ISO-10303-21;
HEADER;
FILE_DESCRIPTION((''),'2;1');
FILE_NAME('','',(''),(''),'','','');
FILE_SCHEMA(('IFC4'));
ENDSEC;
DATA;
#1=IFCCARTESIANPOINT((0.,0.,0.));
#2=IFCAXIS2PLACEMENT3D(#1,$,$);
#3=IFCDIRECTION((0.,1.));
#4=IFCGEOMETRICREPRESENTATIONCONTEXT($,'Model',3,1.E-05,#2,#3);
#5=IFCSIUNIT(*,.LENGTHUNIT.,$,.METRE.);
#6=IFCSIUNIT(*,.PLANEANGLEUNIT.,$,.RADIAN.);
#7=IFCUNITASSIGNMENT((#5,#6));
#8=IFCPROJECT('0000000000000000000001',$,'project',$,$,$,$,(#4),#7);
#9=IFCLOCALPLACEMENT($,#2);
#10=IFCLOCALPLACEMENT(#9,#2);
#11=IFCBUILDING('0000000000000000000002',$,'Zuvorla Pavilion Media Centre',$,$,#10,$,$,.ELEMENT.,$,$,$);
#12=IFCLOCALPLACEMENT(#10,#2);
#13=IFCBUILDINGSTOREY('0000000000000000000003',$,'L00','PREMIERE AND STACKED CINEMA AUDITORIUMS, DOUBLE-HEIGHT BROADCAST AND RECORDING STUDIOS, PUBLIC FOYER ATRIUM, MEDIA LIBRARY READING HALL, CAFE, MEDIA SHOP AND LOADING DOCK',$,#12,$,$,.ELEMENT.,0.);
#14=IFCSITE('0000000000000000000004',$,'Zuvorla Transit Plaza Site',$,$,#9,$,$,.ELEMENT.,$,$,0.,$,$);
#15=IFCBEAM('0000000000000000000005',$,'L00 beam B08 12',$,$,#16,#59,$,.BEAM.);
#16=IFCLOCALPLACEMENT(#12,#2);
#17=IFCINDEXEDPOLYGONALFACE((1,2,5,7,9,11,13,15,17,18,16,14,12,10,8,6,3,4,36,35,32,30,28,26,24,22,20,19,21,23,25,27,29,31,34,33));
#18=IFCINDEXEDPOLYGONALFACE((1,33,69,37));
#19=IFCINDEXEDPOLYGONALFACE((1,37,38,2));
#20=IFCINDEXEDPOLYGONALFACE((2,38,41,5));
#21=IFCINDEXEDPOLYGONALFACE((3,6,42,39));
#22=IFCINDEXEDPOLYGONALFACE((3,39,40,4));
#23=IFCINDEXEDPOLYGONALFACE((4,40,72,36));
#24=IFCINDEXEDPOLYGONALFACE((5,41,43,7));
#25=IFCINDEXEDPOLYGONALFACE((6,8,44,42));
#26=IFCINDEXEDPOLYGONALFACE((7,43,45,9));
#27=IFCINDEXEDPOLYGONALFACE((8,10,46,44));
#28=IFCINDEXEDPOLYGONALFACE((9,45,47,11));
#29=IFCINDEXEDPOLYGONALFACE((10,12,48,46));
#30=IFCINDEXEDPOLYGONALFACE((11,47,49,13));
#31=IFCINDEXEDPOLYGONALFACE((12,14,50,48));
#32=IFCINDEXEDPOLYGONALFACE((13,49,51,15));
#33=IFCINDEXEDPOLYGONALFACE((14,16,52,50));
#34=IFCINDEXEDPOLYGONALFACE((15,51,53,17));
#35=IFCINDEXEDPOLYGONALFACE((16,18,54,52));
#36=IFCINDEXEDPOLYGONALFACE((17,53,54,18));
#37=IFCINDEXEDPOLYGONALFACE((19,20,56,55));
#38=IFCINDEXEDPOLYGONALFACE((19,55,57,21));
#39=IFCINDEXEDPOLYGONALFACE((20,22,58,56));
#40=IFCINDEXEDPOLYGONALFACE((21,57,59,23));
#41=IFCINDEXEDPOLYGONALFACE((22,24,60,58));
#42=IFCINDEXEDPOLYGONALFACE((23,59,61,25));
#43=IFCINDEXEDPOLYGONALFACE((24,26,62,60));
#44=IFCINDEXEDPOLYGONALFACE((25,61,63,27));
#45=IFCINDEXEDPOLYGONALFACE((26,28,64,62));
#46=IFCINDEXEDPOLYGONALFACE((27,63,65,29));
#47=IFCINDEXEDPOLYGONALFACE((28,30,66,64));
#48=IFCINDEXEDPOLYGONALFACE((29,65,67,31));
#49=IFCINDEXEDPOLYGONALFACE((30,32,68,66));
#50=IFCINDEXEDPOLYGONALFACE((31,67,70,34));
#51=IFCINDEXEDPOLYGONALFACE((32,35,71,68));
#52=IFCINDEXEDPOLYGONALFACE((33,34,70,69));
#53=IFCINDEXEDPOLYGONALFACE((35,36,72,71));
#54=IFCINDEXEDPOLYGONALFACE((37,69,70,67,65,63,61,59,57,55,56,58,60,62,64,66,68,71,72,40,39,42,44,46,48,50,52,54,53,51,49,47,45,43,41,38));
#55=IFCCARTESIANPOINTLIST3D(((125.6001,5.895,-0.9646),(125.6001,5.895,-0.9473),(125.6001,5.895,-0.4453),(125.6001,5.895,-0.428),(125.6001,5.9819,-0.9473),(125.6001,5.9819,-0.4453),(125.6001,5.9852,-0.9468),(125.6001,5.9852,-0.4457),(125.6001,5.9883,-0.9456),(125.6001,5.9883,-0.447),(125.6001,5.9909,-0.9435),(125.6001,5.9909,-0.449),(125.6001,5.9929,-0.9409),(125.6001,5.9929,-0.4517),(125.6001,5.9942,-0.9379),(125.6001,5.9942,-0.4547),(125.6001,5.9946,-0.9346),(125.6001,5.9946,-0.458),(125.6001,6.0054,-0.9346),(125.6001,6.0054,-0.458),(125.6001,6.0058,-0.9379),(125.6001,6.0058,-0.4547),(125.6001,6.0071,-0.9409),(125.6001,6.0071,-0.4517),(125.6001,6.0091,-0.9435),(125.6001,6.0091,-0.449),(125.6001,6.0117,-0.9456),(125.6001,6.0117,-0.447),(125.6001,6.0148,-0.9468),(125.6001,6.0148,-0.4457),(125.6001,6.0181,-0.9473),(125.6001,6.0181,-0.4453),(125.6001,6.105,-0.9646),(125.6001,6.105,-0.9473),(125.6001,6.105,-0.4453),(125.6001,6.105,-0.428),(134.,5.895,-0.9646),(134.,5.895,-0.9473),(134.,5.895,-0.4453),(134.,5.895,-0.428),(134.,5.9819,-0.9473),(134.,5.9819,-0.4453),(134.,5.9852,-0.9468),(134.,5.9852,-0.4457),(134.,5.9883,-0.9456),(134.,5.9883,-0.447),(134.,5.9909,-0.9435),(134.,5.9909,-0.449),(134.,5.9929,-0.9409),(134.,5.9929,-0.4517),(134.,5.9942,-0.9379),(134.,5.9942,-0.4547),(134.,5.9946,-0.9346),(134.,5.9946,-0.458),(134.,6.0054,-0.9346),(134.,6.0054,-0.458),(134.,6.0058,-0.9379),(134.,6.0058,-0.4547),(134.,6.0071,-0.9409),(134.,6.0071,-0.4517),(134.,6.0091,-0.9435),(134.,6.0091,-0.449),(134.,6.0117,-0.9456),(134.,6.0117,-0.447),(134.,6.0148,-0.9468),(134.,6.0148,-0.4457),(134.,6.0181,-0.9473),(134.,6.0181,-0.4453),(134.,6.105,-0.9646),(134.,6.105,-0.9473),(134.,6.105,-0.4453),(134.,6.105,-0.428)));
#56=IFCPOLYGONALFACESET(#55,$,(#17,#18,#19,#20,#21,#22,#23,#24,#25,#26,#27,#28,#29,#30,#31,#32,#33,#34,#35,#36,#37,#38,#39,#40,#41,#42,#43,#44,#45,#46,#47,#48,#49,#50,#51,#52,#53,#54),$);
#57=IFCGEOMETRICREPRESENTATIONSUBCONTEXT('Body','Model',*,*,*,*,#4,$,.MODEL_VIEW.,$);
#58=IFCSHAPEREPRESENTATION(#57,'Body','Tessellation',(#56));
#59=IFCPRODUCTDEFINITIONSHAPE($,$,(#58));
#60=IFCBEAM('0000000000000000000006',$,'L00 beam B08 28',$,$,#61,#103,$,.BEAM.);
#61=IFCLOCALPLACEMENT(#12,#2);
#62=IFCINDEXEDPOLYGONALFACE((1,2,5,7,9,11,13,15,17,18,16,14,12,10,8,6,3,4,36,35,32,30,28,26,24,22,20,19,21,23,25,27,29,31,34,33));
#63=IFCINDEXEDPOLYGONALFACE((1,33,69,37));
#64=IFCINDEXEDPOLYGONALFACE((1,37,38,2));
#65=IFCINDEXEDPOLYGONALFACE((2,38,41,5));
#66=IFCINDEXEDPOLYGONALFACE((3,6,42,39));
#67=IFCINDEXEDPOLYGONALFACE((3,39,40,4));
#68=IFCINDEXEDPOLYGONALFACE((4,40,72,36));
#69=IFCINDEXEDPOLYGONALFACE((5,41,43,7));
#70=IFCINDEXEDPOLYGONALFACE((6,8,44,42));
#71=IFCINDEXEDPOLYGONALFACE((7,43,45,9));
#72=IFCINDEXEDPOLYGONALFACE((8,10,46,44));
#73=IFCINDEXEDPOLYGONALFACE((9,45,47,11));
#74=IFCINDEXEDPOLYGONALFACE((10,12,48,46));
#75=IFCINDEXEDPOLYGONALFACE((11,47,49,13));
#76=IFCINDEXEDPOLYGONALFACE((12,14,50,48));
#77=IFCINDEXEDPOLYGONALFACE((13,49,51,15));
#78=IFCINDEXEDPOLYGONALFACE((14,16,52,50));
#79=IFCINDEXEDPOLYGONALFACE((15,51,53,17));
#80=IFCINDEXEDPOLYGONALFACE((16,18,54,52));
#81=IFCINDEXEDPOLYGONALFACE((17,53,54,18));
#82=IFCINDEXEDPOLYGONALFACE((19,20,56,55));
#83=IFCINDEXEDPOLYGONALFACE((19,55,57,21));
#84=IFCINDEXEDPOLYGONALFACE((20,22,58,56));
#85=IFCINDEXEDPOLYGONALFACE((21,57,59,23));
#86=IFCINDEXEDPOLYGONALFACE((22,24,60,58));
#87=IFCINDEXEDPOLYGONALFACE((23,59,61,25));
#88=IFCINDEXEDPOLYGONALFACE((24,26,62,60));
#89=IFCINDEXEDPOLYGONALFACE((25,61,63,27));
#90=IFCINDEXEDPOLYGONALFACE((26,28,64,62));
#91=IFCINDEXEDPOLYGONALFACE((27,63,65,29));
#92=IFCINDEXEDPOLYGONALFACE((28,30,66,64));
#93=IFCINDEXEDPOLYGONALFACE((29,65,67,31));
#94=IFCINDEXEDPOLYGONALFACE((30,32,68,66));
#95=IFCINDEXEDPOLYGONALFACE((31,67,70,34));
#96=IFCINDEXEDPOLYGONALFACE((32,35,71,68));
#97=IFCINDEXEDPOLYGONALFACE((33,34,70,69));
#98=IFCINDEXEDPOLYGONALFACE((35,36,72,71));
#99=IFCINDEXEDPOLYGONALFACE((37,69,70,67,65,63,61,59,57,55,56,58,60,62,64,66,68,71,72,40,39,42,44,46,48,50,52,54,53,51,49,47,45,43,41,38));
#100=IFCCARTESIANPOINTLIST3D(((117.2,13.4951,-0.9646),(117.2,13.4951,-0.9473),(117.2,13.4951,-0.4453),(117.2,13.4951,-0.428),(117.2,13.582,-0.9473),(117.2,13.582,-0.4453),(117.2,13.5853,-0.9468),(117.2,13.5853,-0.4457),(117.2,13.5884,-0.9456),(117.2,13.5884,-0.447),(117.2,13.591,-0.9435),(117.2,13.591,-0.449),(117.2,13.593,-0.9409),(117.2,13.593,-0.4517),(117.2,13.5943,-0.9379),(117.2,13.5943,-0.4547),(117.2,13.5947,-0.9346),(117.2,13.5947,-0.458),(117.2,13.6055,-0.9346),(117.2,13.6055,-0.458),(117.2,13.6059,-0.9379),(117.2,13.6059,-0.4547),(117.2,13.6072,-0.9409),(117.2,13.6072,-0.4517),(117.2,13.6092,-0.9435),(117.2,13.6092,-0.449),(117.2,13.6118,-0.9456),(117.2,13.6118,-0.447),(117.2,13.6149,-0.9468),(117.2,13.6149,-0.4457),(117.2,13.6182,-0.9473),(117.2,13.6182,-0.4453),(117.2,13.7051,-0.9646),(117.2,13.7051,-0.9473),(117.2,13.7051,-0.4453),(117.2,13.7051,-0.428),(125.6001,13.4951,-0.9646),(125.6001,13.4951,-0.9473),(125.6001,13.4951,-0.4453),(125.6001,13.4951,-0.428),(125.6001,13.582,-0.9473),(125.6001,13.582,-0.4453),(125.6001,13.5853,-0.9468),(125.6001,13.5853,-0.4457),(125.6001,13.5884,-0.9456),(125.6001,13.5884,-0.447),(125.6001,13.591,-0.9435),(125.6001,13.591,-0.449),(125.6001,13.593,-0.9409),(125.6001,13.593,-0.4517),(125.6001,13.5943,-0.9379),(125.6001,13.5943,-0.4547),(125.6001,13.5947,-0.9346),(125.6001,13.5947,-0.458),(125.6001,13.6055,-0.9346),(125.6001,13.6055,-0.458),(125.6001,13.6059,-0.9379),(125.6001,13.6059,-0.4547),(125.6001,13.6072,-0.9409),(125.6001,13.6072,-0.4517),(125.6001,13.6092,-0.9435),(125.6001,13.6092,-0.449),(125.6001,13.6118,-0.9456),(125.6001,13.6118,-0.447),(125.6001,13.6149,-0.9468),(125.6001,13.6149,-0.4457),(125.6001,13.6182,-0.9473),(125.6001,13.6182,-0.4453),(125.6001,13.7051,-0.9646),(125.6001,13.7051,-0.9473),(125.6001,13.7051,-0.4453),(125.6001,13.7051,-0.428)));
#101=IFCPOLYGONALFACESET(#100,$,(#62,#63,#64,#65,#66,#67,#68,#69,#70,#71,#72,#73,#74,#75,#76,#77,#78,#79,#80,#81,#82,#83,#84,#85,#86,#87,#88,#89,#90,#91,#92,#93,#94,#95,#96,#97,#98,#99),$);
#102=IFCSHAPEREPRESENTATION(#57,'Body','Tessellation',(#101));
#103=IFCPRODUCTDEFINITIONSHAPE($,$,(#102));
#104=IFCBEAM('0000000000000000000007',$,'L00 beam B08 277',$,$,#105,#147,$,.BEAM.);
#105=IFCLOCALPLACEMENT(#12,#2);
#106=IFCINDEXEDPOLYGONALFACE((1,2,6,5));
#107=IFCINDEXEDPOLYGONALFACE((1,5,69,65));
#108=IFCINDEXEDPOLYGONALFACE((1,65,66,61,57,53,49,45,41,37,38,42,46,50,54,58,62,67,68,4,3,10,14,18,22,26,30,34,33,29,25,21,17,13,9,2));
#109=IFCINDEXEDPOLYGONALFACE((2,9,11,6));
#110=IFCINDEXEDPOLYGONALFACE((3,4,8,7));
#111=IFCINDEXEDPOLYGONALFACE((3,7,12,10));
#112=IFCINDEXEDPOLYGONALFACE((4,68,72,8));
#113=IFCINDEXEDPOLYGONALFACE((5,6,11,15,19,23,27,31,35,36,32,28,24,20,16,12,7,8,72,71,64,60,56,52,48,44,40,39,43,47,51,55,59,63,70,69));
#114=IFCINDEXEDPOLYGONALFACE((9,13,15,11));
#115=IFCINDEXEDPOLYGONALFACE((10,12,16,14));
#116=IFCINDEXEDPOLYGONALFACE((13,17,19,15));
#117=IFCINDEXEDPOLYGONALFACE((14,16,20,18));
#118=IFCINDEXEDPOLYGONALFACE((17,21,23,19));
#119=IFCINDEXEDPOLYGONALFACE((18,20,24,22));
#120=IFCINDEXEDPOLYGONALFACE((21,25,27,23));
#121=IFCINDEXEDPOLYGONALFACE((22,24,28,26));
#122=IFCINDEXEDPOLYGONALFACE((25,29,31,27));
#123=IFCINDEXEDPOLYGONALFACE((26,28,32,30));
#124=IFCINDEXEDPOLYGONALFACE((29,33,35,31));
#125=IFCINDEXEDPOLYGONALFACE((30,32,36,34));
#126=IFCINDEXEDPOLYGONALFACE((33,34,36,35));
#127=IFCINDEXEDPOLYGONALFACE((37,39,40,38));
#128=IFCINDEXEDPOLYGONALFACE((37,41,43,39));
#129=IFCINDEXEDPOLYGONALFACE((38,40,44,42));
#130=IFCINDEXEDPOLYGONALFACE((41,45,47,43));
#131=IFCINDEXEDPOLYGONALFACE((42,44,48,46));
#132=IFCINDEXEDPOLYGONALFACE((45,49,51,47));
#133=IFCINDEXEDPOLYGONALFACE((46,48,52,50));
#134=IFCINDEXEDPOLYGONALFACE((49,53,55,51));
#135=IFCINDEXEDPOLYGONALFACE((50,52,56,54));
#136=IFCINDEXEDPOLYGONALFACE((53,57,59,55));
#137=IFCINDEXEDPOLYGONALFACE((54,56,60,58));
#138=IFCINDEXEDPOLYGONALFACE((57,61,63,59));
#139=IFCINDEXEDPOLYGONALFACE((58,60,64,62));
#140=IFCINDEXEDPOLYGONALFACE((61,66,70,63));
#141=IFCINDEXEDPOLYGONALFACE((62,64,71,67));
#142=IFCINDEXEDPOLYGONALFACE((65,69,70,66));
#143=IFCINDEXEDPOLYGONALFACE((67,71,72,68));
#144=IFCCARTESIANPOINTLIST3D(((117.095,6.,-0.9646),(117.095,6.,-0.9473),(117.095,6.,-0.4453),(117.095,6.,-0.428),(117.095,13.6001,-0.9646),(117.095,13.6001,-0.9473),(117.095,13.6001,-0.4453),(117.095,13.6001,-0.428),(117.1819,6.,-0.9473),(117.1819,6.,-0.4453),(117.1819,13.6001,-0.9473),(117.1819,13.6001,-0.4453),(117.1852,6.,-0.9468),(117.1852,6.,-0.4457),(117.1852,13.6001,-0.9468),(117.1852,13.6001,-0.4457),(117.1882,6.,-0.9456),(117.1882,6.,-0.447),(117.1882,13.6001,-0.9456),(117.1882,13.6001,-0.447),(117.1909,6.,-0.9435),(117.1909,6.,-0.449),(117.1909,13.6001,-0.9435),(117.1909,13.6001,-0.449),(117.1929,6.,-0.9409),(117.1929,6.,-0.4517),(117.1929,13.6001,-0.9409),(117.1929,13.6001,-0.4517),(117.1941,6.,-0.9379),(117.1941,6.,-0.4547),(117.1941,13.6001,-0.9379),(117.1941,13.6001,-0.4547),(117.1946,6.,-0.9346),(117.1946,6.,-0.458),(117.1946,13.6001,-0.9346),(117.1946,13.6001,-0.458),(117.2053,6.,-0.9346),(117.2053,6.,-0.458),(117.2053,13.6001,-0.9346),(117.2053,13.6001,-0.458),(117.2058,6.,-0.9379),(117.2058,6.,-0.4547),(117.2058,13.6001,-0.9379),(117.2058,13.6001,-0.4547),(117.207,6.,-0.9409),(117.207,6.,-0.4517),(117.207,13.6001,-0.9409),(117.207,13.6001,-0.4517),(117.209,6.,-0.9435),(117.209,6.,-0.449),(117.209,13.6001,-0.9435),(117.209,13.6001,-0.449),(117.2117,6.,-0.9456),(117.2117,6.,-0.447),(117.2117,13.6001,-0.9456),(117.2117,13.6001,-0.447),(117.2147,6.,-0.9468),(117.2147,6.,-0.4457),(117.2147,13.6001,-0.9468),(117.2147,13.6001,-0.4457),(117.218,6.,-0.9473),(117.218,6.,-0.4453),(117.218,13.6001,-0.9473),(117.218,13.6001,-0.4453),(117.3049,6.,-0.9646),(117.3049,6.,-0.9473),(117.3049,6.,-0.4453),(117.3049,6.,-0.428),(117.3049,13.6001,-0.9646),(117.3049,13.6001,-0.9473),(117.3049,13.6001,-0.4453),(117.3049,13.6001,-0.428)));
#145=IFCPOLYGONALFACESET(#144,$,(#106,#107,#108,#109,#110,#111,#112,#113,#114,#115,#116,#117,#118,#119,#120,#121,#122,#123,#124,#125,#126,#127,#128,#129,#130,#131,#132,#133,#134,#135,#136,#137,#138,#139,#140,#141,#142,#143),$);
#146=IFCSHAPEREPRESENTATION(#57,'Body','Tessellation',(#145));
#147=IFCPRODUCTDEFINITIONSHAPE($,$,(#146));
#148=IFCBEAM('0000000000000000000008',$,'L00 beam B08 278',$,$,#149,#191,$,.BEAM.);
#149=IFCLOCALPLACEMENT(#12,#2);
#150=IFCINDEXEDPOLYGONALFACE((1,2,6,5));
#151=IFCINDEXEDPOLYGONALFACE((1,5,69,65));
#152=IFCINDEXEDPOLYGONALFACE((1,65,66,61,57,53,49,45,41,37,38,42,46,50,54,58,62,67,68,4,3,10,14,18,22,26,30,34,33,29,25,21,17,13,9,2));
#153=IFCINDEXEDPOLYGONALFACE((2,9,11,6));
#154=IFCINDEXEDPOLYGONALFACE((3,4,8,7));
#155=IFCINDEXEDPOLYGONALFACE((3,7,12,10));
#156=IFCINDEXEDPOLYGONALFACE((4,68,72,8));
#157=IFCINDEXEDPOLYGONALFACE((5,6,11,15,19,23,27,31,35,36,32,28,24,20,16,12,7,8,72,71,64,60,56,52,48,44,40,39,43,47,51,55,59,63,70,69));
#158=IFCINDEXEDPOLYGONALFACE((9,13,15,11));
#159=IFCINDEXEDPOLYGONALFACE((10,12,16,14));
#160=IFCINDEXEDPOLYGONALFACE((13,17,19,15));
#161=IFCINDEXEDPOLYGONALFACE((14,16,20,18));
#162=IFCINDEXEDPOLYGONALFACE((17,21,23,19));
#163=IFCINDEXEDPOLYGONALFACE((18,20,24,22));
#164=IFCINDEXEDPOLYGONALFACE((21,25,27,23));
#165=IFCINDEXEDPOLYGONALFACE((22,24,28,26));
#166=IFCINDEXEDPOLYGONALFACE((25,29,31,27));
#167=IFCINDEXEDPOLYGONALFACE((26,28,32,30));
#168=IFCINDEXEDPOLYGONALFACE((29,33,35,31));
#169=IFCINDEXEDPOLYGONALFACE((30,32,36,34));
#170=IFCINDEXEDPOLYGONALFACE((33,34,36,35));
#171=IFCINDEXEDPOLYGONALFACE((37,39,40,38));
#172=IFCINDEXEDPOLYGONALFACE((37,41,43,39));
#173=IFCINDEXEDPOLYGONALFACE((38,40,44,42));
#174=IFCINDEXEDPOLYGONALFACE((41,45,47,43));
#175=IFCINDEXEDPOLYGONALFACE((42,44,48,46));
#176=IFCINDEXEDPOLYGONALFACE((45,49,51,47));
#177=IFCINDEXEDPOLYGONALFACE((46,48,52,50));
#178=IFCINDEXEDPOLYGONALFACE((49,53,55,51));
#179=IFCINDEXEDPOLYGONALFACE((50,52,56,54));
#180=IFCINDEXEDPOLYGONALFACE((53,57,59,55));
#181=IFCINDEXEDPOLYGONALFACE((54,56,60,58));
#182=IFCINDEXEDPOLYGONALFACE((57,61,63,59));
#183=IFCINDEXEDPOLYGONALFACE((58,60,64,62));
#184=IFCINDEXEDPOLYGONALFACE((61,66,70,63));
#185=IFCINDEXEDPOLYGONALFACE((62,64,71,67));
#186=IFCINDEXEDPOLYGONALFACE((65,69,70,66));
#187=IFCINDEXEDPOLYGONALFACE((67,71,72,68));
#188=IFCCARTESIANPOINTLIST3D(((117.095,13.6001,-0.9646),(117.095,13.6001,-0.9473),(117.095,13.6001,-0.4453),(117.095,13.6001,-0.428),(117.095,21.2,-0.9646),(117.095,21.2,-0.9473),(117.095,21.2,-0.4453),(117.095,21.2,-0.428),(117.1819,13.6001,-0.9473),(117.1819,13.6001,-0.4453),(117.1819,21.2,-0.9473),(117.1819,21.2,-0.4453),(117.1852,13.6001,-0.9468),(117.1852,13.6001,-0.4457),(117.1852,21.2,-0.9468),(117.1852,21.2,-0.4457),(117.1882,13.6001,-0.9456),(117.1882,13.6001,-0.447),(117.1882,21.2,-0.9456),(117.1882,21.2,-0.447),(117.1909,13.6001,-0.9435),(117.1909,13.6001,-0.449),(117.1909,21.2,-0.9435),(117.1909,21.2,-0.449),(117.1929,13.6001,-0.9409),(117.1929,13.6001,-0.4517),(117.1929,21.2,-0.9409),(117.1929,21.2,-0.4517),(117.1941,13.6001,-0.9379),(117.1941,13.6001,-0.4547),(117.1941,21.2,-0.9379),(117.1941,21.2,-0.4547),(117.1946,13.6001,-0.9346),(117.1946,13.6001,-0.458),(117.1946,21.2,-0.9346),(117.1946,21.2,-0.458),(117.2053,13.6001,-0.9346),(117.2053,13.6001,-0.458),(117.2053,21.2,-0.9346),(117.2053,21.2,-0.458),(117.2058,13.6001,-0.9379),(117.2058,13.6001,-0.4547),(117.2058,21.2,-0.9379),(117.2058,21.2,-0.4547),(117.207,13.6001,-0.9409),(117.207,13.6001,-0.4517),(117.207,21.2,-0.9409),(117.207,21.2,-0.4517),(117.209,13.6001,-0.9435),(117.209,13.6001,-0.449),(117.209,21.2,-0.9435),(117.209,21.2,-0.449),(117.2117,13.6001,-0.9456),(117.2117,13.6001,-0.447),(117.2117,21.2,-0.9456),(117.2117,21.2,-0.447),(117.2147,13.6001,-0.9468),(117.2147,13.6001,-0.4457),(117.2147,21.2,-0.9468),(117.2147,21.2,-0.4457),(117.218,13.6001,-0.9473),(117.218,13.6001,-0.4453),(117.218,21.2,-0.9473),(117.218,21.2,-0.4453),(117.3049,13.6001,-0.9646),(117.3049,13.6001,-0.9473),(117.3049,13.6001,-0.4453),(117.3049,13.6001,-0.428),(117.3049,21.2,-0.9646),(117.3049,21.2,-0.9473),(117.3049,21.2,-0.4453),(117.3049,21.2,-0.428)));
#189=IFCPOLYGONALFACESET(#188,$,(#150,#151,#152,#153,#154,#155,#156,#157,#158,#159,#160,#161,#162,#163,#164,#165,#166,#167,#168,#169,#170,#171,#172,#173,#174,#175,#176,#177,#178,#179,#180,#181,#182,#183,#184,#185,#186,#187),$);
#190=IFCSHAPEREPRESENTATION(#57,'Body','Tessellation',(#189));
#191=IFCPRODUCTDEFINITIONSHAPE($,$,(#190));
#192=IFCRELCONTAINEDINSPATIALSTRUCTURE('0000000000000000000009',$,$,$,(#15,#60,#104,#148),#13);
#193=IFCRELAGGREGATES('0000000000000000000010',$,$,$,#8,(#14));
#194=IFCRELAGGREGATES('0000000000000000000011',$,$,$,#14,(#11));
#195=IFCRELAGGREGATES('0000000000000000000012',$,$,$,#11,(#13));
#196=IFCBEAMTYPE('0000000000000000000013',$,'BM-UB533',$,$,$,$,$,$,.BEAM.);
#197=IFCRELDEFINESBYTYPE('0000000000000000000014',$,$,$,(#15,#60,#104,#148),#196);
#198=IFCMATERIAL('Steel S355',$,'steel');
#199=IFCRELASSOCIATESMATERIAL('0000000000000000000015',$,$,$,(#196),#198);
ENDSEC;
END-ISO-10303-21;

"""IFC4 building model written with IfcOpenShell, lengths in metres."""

from ifc_helpers import new_model, si_unit, direction, frame, origin, origin_2d, place, context, subcontext, project, spatial, i_section, extrude, material, material_profile, profile_set, type_object, element, save


model = new_model("IFC4")

# Units and contexts
model_context = context("Model", 3, precision=1e-05, world=origin(), true_north=direction((0.0, 1.0)))
body_context = subcontext(model_context, "Body", "Model", "MODEL_VIEW")
ifc_project = project(units=[si_unit("LENGTHUNIT", "METRE"), si_unit("PLANEANGLEUNIT", "RADIAN")], contexts=[model_context])

# Site, building, storey
site_placement = place(None, origin())
site = spatial("IfcSite", under=ifc_project, at=site_placement, Name="Zuvorla Transit Plaza Site", CompositionType="ELEMENT", RefElevation=0.0)
building_placement = place(site_placement, origin())
building = spatial("IfcBuilding", under=site, at=building_placement, Name="Zuvorla Pavilion Media Centre", CompositionType="ELEMENT")
storey_placement = place(building_placement, origin())
storey = spatial("IfcBuildingStorey", under=building, at=storey_placement, Name="L00", Description="PREMIERE AND STACKED CINEMA AUDITORIUMS, DOUBLE-HEIGHT BROADCAST AND RECORDING STUDIOS, PUBLIC FOYER ATRIUM, MEDIA LIBRARY READING HALL, CAFE, MEDIA SHOP AND LOADING DOCK", CompositionType="ELEMENT", Elevation=0.0)

# Beams
ifc_material_1 = material(Name="Steel S355", Category="steel")
ifc_material_profile_1 = material_profile(ifc_material_1, i_section(OverallWidth=0.21, OverallDepth=0.5366, WebThickness=0.0107, FlangeThickness=0.0173, FilletRadius=0.0127, at=origin_2d()), Name="UB 533x210x101")
ifc_profile_set_1 = profile_set([ifc_material_profile_1], Name="Steel S355")
beam_type_1 = type_object("IfcBeamType", Name="BM-UB533", PredefinedType="BEAM", material=ifc_profile_set_1)
beam_1_placement = place(storey_placement, frame((125.6001, 6.0, -0.6963), z_axis=(1.0, 0.0, 0.0), x_axis=(0.0, 1.0, 0.0)))
element("IfcBeam", 1, at=beam_1_placement, inside=storey, type_object=beam_type_1, Name="L00 beam B08 12", PredefinedType="BEAM", context=body_context, shape_type="SweptSolid", body=[
    extrude(i_section(OverallWidth=0.21, OverallDepth=0.5366, WebThickness=0.0107, FlangeThickness=0.0173, FilletRadius=0.0127, at=origin_2d()), origin(), (0.0, 0.0, 1.0), 8.3999),
])
beam_2_placement = place(storey_placement, frame((117.2, 13.6001, -0.6963), z_axis=(1.0, 0.0, 0.0), x_axis=(0.0, 1.0, 0.0)))
element("IfcBeam", 2, at=beam_2_placement, inside=storey, type_object=beam_type_1, Name="L00 beam B08 28", PredefinedType="BEAM", context=body_context, shape_type="SweptSolid", body=[
    extrude(i_section(OverallWidth=0.21, OverallDepth=0.5366, WebThickness=0.0107, FlangeThickness=0.0173, FilletRadius=0.0127, at=origin_2d()), origin(), (0.0, 0.0, 1.0), 8.4001),
])
beam_3_placement = place(storey_placement, frame((117.2, 6.0, -0.6963), z_axis=(0.0, 1.0, 0.0), x_axis=(-1.0, 0.0, 0.0)))
element("IfcBeam", 3, at=beam_3_placement, inside=storey, type_object=beam_type_1, Name="L00 beam B08 277", PredefinedType="BEAM", context=body_context, shape_type="SweptSolid", body=[
    extrude(i_section(OverallWidth=0.21, OverallDepth=0.5366, WebThickness=0.0107, FlangeThickness=0.0173, FilletRadius=0.0127, at=origin_2d()), origin(), (0.0, 0.0, 1.0), 7.6001),
])
beam_4_placement = place(storey_placement, frame((117.2, 13.6001, -0.6963), z_axis=(0.0, 1.0, 0.0), x_axis=(-1.0, 0.0, 0.0)))
element("IfcBeam", 4, at=beam_4_placement, inside=storey, type_object=beam_type_1, Name="L00 beam B08 278", PredefinedType="BEAM", context=body_context, shape_type="SweptSolid", body=[
    extrude(i_section(OverallWidth=0.21, OverallDepth=0.5366, WebThickness=0.0107, FlangeThickness=0.0173, FilletRadius=0.0127, at=origin_2d()), origin(), (0.0, 0.0, 1.0), 7.5999),
])

save(model, "model.ifc")
